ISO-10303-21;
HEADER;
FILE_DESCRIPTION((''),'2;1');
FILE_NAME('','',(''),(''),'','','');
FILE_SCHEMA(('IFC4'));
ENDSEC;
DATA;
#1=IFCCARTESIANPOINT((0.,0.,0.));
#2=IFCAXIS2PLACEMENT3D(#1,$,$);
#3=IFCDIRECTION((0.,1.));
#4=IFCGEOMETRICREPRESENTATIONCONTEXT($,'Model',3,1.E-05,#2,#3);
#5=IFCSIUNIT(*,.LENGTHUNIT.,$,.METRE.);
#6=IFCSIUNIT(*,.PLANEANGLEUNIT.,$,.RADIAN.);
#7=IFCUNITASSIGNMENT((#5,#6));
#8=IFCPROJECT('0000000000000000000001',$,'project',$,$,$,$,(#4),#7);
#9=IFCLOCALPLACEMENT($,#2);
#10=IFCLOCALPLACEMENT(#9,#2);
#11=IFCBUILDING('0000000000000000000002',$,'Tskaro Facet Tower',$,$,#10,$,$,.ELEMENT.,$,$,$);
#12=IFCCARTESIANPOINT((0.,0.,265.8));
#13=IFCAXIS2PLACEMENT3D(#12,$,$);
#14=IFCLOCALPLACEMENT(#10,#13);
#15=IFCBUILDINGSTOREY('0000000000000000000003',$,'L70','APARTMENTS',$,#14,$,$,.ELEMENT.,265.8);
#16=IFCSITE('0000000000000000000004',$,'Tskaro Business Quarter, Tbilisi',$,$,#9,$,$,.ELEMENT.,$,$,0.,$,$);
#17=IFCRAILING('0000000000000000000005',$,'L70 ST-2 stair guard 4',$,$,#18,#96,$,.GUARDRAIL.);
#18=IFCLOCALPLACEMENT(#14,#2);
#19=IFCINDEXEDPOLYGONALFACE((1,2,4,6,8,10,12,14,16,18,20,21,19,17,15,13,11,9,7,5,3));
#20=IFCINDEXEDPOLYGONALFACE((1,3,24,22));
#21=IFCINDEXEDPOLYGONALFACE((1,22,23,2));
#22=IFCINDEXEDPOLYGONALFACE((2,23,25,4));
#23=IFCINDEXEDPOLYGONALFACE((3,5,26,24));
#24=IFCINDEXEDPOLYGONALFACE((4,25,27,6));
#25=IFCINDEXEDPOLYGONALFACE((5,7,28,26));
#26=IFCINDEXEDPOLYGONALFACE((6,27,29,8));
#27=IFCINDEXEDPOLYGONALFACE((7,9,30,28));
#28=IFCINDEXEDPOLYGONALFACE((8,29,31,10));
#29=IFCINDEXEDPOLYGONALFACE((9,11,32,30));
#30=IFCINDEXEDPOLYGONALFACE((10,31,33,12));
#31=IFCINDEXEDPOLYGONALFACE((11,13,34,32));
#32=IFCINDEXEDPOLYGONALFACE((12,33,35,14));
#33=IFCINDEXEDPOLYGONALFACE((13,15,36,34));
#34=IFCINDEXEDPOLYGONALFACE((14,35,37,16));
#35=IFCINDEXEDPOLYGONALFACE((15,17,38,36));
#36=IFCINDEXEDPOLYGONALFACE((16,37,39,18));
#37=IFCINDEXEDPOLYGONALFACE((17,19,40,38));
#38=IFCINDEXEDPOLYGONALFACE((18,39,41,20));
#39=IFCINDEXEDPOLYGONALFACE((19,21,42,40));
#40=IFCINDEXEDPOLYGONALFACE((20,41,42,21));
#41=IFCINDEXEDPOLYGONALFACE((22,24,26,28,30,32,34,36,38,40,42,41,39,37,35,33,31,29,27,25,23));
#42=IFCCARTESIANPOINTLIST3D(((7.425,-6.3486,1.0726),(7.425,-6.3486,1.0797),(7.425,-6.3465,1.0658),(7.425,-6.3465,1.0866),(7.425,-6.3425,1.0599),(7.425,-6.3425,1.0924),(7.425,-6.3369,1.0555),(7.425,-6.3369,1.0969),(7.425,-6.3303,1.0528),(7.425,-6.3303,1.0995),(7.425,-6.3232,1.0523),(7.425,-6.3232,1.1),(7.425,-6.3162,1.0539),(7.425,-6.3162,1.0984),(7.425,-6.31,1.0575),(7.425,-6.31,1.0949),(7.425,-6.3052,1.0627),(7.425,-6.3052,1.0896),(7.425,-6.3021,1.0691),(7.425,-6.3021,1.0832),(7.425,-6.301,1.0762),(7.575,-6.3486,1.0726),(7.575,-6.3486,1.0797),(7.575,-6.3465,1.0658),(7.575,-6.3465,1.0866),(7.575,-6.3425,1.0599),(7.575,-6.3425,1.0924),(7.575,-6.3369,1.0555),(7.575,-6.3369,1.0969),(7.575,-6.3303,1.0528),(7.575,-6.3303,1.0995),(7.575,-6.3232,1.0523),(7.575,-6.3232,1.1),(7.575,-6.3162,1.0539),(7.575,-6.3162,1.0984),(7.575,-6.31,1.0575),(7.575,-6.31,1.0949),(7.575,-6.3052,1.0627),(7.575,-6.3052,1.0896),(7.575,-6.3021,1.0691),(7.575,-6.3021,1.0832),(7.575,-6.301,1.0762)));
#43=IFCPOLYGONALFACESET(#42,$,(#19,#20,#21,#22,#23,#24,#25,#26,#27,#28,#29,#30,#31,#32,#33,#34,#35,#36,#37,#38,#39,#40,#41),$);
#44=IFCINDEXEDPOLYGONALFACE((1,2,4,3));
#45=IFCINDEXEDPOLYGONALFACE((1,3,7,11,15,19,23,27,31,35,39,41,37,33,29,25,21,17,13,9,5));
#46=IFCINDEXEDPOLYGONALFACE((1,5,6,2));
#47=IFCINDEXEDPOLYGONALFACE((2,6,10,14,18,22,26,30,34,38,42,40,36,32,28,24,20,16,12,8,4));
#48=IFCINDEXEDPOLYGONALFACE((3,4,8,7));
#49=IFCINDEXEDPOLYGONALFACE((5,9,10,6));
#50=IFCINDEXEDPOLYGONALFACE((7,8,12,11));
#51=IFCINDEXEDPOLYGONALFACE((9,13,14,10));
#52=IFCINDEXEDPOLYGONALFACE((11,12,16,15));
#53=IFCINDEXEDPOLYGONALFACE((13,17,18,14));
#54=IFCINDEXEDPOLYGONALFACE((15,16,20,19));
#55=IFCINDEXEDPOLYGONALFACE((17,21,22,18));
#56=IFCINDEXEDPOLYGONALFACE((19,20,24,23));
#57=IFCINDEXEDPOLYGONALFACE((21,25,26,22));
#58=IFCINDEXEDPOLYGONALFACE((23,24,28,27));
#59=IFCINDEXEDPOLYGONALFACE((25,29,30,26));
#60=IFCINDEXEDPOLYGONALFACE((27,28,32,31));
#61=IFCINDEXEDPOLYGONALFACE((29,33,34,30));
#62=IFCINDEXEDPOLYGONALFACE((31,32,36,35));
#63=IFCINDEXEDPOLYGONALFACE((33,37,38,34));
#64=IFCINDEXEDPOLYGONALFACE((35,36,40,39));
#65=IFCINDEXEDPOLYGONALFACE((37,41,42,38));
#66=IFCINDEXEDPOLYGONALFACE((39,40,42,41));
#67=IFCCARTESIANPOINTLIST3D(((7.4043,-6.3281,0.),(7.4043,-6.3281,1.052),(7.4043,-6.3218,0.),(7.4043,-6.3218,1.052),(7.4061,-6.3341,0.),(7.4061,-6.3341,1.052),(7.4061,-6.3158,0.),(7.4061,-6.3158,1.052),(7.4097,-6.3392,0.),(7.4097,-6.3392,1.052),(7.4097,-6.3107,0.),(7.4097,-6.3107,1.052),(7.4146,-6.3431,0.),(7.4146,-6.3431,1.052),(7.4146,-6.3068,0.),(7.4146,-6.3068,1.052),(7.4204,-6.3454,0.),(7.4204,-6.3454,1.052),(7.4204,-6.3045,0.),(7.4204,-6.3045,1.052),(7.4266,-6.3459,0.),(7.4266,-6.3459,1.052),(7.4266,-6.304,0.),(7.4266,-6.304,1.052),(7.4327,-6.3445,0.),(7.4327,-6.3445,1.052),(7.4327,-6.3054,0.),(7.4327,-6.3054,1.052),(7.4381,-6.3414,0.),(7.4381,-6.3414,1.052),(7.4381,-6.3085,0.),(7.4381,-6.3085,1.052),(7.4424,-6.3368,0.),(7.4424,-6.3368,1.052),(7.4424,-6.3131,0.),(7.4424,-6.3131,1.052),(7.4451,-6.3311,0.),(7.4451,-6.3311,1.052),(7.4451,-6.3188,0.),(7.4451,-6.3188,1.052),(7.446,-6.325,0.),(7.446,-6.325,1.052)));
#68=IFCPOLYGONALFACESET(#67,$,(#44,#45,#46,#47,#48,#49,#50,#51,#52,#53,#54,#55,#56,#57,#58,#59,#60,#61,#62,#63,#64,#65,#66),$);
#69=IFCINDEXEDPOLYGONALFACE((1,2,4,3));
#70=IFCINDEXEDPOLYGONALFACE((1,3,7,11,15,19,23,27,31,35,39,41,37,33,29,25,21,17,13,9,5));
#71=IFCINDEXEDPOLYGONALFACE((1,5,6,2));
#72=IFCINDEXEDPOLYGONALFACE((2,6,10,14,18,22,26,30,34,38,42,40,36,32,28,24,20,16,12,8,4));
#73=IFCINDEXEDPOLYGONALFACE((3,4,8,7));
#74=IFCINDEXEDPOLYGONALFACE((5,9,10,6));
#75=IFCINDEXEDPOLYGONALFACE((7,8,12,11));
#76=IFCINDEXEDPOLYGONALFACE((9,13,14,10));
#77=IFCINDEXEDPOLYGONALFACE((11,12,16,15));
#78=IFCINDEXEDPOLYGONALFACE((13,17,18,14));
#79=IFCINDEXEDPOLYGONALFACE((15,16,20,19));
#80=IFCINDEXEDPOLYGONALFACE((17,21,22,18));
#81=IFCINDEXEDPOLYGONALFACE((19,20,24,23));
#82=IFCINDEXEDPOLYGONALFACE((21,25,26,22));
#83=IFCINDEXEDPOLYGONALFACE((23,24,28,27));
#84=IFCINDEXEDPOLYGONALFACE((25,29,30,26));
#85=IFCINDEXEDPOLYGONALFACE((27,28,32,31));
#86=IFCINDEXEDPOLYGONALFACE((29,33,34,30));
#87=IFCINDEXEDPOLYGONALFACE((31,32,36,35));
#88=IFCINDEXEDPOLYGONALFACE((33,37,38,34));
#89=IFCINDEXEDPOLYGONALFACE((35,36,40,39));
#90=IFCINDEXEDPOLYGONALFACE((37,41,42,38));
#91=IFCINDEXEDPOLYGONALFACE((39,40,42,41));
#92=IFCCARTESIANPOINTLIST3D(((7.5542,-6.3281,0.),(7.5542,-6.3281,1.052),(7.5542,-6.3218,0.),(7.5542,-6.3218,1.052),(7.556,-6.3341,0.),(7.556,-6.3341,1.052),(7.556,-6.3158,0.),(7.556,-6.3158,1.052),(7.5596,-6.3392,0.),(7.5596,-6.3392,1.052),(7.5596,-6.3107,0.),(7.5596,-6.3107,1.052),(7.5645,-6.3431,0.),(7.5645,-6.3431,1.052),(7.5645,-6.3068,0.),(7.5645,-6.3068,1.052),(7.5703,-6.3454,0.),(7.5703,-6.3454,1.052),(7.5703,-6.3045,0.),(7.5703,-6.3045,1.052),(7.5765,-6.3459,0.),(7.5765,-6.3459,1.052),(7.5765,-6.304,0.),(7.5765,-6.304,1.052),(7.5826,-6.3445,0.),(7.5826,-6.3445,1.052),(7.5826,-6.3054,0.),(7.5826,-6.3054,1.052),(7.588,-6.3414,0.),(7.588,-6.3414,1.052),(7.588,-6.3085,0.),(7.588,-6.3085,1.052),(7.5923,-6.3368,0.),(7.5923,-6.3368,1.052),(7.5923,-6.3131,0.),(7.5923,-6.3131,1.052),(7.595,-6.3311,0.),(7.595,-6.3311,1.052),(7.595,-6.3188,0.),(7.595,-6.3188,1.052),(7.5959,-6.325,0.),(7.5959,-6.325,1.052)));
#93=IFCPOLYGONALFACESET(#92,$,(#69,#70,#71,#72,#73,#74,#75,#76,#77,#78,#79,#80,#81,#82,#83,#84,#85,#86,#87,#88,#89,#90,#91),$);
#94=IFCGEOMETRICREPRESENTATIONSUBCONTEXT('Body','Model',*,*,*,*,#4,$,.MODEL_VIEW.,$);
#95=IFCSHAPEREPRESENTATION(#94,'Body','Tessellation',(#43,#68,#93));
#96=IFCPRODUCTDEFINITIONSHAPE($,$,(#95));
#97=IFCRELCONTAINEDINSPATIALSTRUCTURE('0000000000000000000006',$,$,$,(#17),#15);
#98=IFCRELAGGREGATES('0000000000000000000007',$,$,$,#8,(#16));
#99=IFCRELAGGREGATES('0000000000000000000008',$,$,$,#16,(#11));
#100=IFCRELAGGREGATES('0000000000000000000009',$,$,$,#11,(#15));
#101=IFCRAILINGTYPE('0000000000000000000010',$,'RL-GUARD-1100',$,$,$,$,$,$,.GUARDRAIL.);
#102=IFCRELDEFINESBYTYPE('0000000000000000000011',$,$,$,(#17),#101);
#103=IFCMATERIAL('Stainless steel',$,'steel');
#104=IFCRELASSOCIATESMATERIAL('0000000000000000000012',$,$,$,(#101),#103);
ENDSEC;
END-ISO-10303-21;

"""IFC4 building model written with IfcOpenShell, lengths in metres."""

from ifc_helpers import new_model, si_unit, direction, frame, origin, origin_2d, place, context, subcontext, project, spatial, circle, extrude, material, type_object, element, save


model = new_model("IFC4")

# Units and contexts
model_context = context("Model", 3, precision=1e-05, world=origin(), true_north=direction((0.0, 1.0)))
body_context = subcontext(model_context, "Body", "Model", "MODEL_VIEW")
ifc_project = project(units=[si_unit("LENGTHUNIT", "METRE"), si_unit("PLANEANGLEUNIT", "RADIAN")], contexts=[model_context])

# Site, building, storey
site_placement = place(None, origin())
site = spatial("IfcSite", under=ifc_project, at=site_placement, Name="Tskaro Business Quarter, Tbilisi", CompositionType="ELEMENT", RefElevation=0.0)
building_placement = place(site_placement, origin())
building = spatial("IfcBuilding", under=site, at=building_placement, Name="Tskaro Facet Tower", CompositionType="ELEMENT")
storey_placement = place(building_placement, frame((0.0, 0.0, 265.8)))
storey = spatial("IfcBuildingStorey", under=building, at=storey_placement, Name="L70", Description="APARTMENTS", CompositionType="ELEMENT", Elevation=265.8)

# Railing
ifc_material_1 = material(Name="Stainless steel", Category="steel")
railing_type_1 = type_object("IfcRailingType", Name="RL-GUARD-1100", PredefinedType="GUARDRAIL", material=ifc_material_1)
railing_1_placement = place(storey_placement, frame((7.425, -6.325, 0.0)))
element("IfcRailing", 1, at=railing_1_placement, inside=storey, type_object=railing_type_1, Name="L70 ST-2 stair guard 4", PredefinedType="GUARDRAIL", context=body_context, shape_type="SweptSolid", body=[
    extrude(circle(Radius=0.0239, at=origin_2d()), frame((0.0, 0.0, 1.0762), z_axis=(1.0, 0.0, 0.0), x_axis=(0.0, 1.0, 0.0)), (0.0, 0.0, 1.0), 0.1499),
    extrude(circle(Radius=0.021, at=origin_2d()), origin(), (0.0, 0.0, 1.0), 1.052),
    extrude(circle(Radius=0.021, at=origin_2d()), frame((0.1499, 0.0, 0.0)), (0.0, 0.0, 1.0), 1.052),
])

save(model, "model.ifc")
